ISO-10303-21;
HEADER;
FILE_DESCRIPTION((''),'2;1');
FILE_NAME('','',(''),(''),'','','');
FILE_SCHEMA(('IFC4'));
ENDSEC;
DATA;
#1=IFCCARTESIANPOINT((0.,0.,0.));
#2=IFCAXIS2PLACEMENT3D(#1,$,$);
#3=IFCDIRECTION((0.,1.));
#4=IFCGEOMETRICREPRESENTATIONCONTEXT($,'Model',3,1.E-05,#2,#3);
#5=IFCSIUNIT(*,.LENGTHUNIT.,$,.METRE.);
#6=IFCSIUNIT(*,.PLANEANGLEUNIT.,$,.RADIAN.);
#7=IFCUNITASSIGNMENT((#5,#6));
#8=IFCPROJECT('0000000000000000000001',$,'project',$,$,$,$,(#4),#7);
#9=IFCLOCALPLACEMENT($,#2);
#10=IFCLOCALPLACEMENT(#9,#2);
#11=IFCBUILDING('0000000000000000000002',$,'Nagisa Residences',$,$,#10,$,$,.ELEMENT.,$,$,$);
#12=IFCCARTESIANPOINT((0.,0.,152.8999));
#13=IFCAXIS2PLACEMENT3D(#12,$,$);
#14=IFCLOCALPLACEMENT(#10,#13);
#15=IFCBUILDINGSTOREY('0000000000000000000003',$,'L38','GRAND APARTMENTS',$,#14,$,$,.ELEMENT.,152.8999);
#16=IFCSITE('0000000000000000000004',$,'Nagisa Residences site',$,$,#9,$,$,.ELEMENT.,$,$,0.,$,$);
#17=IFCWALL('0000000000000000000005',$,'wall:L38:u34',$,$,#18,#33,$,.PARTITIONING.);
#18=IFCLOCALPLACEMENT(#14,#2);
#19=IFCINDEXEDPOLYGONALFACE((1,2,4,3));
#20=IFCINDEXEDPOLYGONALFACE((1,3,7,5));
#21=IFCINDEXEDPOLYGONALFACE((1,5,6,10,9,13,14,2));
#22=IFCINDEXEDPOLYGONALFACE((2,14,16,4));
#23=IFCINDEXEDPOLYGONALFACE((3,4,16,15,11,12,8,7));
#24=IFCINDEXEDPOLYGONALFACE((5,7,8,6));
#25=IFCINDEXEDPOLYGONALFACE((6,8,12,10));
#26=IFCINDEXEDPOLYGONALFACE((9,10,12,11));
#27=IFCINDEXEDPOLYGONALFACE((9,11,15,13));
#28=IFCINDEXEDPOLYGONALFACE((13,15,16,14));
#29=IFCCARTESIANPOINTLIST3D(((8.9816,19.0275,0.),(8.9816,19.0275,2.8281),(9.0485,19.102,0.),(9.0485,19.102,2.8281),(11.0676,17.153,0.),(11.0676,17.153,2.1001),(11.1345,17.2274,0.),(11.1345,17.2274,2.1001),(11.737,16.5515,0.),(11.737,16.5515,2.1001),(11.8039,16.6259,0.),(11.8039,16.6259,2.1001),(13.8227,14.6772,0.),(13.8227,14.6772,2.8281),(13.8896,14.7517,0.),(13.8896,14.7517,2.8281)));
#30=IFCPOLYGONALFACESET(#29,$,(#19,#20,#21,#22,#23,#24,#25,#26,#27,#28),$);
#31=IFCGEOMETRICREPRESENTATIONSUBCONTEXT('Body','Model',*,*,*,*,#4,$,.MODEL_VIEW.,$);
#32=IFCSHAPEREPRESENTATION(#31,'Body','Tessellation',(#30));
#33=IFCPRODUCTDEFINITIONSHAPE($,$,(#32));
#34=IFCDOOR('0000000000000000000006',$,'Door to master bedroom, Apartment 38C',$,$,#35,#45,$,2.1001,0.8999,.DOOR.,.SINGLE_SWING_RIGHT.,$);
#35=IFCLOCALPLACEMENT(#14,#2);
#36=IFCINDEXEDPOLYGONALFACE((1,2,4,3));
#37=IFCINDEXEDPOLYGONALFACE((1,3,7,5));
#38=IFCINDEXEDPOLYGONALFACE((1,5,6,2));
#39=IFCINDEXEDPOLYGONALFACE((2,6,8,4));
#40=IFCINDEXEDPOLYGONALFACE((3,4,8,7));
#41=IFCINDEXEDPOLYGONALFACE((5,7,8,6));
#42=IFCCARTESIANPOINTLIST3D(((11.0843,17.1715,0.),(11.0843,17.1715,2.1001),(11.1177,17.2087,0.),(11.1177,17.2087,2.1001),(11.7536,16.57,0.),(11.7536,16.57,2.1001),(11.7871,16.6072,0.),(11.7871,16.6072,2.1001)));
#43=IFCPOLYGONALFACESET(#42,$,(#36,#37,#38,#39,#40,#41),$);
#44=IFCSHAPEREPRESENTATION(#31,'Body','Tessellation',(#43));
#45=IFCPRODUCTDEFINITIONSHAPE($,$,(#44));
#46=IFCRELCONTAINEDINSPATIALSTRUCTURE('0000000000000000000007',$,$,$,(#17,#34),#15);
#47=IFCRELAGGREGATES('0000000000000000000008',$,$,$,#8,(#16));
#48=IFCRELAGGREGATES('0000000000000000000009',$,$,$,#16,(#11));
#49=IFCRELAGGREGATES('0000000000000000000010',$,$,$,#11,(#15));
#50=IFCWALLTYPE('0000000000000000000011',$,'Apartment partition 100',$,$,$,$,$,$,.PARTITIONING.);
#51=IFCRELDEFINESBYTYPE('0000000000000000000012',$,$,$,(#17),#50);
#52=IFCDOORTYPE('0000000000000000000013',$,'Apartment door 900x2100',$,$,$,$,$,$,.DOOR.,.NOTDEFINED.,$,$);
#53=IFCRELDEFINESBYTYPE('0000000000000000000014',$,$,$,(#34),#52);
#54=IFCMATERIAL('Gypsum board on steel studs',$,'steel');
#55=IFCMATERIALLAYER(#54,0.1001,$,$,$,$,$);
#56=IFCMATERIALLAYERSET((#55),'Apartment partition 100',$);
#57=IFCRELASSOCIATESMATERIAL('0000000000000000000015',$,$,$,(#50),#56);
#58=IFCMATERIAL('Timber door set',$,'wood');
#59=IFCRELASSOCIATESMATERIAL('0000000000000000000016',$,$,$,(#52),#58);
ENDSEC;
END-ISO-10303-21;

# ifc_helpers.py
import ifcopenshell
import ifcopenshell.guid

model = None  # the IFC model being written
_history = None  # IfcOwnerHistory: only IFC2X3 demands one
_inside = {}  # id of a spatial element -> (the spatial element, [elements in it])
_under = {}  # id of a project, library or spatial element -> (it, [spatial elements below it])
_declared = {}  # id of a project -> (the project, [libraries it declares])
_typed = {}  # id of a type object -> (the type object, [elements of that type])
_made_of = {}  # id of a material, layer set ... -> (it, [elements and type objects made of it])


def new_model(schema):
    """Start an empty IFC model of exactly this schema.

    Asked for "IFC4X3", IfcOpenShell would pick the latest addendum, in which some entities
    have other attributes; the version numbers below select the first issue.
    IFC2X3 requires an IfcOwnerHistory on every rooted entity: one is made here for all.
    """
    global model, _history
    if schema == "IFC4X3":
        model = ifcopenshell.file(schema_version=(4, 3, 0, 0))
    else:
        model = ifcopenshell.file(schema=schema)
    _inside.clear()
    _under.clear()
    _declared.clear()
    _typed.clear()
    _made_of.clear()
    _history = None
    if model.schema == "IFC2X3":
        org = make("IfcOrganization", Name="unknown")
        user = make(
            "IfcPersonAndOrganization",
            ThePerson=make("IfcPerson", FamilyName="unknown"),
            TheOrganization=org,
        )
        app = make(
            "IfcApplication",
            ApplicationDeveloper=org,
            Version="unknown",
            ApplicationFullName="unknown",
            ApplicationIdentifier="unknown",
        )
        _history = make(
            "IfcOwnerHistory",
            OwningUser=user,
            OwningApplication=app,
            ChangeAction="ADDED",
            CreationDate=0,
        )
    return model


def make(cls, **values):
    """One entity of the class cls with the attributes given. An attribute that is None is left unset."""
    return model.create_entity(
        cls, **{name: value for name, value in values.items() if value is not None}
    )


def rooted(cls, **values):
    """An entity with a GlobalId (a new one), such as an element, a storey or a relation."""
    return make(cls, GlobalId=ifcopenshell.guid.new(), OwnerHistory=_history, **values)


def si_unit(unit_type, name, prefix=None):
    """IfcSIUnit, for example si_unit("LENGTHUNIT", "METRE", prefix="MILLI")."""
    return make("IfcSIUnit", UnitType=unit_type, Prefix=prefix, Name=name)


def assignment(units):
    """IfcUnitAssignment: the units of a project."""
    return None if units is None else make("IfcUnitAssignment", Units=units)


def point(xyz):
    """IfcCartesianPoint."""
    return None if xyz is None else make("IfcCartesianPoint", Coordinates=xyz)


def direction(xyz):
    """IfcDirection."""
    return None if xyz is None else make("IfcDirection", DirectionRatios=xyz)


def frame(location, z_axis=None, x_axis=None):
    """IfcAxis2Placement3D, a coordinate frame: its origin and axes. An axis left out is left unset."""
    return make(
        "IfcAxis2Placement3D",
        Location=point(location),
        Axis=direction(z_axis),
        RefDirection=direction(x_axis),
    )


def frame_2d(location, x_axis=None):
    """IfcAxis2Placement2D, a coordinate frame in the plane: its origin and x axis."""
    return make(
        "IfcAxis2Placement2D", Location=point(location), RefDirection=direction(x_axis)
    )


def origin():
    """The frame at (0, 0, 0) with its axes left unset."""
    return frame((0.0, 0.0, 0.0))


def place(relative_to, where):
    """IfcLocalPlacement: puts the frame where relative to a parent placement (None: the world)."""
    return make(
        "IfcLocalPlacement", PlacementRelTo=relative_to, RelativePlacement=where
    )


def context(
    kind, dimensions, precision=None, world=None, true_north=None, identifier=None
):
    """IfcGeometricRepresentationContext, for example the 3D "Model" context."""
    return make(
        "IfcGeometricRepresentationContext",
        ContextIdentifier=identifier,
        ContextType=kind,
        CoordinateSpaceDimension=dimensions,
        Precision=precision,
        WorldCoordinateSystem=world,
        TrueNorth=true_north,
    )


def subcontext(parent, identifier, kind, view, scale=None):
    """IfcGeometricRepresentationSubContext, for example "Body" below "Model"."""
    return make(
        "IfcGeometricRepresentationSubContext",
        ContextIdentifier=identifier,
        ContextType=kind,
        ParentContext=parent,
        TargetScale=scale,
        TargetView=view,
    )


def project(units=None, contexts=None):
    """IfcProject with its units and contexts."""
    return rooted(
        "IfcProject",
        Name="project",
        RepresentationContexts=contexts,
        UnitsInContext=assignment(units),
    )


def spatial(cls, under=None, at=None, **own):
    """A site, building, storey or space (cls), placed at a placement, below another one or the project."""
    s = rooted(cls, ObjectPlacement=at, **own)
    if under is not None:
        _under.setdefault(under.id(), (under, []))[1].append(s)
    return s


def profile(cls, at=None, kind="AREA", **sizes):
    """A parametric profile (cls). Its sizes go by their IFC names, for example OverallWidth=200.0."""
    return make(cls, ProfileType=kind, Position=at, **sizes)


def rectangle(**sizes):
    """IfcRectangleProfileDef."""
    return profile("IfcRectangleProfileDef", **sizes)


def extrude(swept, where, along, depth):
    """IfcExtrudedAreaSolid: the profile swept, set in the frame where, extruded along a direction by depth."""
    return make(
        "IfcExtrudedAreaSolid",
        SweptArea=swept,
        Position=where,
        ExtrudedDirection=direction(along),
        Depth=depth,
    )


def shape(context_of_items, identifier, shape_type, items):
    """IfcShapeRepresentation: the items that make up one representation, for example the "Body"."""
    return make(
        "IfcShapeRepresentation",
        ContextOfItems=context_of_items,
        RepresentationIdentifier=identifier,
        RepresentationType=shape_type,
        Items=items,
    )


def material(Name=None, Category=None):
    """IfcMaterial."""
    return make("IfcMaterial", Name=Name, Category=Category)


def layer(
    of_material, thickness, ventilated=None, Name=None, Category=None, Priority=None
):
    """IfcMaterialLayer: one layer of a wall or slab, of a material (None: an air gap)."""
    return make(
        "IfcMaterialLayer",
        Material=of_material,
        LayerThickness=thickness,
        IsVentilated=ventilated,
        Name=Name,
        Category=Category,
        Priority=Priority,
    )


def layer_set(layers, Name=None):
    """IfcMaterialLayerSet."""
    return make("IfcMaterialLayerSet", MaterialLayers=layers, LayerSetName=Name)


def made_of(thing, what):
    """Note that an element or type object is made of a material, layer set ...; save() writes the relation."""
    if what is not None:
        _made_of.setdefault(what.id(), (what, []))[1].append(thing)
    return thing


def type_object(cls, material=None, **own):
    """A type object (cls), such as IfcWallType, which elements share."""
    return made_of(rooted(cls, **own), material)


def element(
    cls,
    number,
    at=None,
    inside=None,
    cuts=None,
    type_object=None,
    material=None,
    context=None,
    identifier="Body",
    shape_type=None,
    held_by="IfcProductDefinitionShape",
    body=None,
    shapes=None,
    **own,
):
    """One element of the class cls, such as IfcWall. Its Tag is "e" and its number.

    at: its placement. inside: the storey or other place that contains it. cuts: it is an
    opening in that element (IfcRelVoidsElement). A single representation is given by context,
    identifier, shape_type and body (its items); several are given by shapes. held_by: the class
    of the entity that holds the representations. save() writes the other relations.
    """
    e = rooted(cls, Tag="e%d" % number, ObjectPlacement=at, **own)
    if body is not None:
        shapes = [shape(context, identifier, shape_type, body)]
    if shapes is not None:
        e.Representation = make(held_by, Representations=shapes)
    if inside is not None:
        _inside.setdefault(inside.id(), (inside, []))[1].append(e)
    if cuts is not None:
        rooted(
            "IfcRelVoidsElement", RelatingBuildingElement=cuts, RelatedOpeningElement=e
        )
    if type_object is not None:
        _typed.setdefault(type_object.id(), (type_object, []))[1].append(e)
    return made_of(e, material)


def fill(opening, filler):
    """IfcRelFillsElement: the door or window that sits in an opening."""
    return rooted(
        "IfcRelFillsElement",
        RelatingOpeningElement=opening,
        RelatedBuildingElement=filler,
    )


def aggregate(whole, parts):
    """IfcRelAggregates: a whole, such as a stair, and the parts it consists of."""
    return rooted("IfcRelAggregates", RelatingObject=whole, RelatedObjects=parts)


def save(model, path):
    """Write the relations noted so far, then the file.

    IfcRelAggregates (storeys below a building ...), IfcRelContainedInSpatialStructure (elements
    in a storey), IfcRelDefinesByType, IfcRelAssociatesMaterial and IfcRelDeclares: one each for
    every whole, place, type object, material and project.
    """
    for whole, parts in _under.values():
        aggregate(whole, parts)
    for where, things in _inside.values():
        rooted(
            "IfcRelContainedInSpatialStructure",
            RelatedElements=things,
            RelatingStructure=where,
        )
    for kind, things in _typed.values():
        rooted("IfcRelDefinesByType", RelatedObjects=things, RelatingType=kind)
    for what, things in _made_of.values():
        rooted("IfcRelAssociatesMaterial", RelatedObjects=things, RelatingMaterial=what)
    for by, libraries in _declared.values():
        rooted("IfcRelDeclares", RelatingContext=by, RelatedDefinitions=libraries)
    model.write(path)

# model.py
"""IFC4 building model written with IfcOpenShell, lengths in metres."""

from ifc_helpers import new_model, si_unit, direction, frame, frame_2d, origin, place, context, subcontext, project, spatial, rectangle, extrude, material, layer, layer_set, type_object, element, fill, save


model = new_model("IFC4")

# Units and contexts
model_context = context("Model", 3, precision=1e-05, world=origin(), true_north=direction((0.0, 1.0)))
body_context = subcontext(model_context, "Body", "Model", "MODEL_VIEW")
ifc_project = project(units=[si_unit("LENGTHUNIT", "METRE"), si_unit("PLANEANGLEUNIT", "RADIAN")], contexts=[model_context])

# Site, building, storey
site_placement = place(None, origin())
site = spatial("IfcSite", under=ifc_project, at=site_placement, Name="Nagisa Residences site", CompositionType="ELEMENT", RefElevation=0.0)
building_placement = place(site_placement, origin())
building = spatial("IfcBuilding", under=site, at=building_placement, Name="Nagisa Residences", CompositionType="ELEMENT")
storey_placement = place(building_placement, frame((0.0, 0.0, 152.8999)))
storey = spatial("IfcBuildingStorey", under=building, at=storey_placement, Name="L38", Description="GRAND APARTMENTS", CompositionType="ELEMENT", Elevation=152.8999)

# Shared definitions
ifc_material_1 = material(Name="Gypsum board on steel studs", Category="steel")
ifc_layer_1 = layer(ifc_material_1, 0.1001)
ifc_layer_set_1 = layer_set([ifc_layer_1], Name="Apartment partition 100")
wall_type_1 = type_object("IfcWallType", Name="Apartment partition 100", PredefinedType="PARTITIONING", material=ifc_layer_set_1)
ifc_material_2 = material(Name="Timber door set", Category="wood")
door_type_1 = type_object("IfcDoorType", Name="Apartment door 900x2100", OperationType="NOTDEFINED", PredefinedType="DOOR", material=ifc_material_2)

# Wall, opening, door
wall_1_placement = place(storey_placement, frame((13.8562, 14.7144, 0.0), z_axis=(0.0, 0.0, 1.0), x_axis=(-0.743799, 0.668403, 0.0)))
wall_1 = element("IfcWall", 1, at=wall_1_placement, inside=storey, type_object=wall_type_1, Name="wall:L38:u34", PredefinedType="PARTITIONING", context=body_context, shape_type="SweptSolid", body=[
    extrude(rectangle(XDim=6.5085, YDim=0.1001, at=frame_2d((3.2544, 0.0))), origin(), (0.0, 0.0, 1.0), 2.8281),
])
opening_1_placement = place(wall_1_placement, frame((2.8042, 0.0, 0.0)))
opening_1 = element("IfcOpeningElement", 2, at=opening_1_placement, cuts=wall_1, PredefinedType="OPENING", context=body_context, shape_type="SweptSolid", body=[
    extrude(rectangle(XDim=0.8999, YDim=2.1001, at=frame_2d((0.45, 1.05))), frame((0.0, 0.0601, 0.0), z_axis=(0.0, -1.0, 0.0), x_axis=(1.0, 0.0, 0.0)), (0.0, 0.0, 1.0), 0.1201),
])
door_1_placement = place(opening_1_placement, frame((0.8999, 0.0, 0.0), x_axis=(-1.0, 0.0, 0.0)))
door_1 = element("IfcDoor", 3, at=door_1_placement, inside=storey, type_object=door_type_1, Name="Door to master bedroom, Apartment 38C", OperationType="SINGLE_SWING_RIGHT", OverallHeight=2.1001, OverallWidth=0.8999, PredefinedType="DOOR", context=body_context, shape_type="SweptSolid", body=[
    extrude(rectangle(XDim=0.8999, YDim=2.1001, at=frame_2d((0.45, 1.05))), frame((0.0, 0.0249, 0.0), z_axis=(0.0, -1.0, 0.0), x_axis=(1.0, 0.0, 0.0)), (0.0, 0.0, 1.0), 0.05),
])
fill(opening_1, door_1)

save(model, "model.ifc")
